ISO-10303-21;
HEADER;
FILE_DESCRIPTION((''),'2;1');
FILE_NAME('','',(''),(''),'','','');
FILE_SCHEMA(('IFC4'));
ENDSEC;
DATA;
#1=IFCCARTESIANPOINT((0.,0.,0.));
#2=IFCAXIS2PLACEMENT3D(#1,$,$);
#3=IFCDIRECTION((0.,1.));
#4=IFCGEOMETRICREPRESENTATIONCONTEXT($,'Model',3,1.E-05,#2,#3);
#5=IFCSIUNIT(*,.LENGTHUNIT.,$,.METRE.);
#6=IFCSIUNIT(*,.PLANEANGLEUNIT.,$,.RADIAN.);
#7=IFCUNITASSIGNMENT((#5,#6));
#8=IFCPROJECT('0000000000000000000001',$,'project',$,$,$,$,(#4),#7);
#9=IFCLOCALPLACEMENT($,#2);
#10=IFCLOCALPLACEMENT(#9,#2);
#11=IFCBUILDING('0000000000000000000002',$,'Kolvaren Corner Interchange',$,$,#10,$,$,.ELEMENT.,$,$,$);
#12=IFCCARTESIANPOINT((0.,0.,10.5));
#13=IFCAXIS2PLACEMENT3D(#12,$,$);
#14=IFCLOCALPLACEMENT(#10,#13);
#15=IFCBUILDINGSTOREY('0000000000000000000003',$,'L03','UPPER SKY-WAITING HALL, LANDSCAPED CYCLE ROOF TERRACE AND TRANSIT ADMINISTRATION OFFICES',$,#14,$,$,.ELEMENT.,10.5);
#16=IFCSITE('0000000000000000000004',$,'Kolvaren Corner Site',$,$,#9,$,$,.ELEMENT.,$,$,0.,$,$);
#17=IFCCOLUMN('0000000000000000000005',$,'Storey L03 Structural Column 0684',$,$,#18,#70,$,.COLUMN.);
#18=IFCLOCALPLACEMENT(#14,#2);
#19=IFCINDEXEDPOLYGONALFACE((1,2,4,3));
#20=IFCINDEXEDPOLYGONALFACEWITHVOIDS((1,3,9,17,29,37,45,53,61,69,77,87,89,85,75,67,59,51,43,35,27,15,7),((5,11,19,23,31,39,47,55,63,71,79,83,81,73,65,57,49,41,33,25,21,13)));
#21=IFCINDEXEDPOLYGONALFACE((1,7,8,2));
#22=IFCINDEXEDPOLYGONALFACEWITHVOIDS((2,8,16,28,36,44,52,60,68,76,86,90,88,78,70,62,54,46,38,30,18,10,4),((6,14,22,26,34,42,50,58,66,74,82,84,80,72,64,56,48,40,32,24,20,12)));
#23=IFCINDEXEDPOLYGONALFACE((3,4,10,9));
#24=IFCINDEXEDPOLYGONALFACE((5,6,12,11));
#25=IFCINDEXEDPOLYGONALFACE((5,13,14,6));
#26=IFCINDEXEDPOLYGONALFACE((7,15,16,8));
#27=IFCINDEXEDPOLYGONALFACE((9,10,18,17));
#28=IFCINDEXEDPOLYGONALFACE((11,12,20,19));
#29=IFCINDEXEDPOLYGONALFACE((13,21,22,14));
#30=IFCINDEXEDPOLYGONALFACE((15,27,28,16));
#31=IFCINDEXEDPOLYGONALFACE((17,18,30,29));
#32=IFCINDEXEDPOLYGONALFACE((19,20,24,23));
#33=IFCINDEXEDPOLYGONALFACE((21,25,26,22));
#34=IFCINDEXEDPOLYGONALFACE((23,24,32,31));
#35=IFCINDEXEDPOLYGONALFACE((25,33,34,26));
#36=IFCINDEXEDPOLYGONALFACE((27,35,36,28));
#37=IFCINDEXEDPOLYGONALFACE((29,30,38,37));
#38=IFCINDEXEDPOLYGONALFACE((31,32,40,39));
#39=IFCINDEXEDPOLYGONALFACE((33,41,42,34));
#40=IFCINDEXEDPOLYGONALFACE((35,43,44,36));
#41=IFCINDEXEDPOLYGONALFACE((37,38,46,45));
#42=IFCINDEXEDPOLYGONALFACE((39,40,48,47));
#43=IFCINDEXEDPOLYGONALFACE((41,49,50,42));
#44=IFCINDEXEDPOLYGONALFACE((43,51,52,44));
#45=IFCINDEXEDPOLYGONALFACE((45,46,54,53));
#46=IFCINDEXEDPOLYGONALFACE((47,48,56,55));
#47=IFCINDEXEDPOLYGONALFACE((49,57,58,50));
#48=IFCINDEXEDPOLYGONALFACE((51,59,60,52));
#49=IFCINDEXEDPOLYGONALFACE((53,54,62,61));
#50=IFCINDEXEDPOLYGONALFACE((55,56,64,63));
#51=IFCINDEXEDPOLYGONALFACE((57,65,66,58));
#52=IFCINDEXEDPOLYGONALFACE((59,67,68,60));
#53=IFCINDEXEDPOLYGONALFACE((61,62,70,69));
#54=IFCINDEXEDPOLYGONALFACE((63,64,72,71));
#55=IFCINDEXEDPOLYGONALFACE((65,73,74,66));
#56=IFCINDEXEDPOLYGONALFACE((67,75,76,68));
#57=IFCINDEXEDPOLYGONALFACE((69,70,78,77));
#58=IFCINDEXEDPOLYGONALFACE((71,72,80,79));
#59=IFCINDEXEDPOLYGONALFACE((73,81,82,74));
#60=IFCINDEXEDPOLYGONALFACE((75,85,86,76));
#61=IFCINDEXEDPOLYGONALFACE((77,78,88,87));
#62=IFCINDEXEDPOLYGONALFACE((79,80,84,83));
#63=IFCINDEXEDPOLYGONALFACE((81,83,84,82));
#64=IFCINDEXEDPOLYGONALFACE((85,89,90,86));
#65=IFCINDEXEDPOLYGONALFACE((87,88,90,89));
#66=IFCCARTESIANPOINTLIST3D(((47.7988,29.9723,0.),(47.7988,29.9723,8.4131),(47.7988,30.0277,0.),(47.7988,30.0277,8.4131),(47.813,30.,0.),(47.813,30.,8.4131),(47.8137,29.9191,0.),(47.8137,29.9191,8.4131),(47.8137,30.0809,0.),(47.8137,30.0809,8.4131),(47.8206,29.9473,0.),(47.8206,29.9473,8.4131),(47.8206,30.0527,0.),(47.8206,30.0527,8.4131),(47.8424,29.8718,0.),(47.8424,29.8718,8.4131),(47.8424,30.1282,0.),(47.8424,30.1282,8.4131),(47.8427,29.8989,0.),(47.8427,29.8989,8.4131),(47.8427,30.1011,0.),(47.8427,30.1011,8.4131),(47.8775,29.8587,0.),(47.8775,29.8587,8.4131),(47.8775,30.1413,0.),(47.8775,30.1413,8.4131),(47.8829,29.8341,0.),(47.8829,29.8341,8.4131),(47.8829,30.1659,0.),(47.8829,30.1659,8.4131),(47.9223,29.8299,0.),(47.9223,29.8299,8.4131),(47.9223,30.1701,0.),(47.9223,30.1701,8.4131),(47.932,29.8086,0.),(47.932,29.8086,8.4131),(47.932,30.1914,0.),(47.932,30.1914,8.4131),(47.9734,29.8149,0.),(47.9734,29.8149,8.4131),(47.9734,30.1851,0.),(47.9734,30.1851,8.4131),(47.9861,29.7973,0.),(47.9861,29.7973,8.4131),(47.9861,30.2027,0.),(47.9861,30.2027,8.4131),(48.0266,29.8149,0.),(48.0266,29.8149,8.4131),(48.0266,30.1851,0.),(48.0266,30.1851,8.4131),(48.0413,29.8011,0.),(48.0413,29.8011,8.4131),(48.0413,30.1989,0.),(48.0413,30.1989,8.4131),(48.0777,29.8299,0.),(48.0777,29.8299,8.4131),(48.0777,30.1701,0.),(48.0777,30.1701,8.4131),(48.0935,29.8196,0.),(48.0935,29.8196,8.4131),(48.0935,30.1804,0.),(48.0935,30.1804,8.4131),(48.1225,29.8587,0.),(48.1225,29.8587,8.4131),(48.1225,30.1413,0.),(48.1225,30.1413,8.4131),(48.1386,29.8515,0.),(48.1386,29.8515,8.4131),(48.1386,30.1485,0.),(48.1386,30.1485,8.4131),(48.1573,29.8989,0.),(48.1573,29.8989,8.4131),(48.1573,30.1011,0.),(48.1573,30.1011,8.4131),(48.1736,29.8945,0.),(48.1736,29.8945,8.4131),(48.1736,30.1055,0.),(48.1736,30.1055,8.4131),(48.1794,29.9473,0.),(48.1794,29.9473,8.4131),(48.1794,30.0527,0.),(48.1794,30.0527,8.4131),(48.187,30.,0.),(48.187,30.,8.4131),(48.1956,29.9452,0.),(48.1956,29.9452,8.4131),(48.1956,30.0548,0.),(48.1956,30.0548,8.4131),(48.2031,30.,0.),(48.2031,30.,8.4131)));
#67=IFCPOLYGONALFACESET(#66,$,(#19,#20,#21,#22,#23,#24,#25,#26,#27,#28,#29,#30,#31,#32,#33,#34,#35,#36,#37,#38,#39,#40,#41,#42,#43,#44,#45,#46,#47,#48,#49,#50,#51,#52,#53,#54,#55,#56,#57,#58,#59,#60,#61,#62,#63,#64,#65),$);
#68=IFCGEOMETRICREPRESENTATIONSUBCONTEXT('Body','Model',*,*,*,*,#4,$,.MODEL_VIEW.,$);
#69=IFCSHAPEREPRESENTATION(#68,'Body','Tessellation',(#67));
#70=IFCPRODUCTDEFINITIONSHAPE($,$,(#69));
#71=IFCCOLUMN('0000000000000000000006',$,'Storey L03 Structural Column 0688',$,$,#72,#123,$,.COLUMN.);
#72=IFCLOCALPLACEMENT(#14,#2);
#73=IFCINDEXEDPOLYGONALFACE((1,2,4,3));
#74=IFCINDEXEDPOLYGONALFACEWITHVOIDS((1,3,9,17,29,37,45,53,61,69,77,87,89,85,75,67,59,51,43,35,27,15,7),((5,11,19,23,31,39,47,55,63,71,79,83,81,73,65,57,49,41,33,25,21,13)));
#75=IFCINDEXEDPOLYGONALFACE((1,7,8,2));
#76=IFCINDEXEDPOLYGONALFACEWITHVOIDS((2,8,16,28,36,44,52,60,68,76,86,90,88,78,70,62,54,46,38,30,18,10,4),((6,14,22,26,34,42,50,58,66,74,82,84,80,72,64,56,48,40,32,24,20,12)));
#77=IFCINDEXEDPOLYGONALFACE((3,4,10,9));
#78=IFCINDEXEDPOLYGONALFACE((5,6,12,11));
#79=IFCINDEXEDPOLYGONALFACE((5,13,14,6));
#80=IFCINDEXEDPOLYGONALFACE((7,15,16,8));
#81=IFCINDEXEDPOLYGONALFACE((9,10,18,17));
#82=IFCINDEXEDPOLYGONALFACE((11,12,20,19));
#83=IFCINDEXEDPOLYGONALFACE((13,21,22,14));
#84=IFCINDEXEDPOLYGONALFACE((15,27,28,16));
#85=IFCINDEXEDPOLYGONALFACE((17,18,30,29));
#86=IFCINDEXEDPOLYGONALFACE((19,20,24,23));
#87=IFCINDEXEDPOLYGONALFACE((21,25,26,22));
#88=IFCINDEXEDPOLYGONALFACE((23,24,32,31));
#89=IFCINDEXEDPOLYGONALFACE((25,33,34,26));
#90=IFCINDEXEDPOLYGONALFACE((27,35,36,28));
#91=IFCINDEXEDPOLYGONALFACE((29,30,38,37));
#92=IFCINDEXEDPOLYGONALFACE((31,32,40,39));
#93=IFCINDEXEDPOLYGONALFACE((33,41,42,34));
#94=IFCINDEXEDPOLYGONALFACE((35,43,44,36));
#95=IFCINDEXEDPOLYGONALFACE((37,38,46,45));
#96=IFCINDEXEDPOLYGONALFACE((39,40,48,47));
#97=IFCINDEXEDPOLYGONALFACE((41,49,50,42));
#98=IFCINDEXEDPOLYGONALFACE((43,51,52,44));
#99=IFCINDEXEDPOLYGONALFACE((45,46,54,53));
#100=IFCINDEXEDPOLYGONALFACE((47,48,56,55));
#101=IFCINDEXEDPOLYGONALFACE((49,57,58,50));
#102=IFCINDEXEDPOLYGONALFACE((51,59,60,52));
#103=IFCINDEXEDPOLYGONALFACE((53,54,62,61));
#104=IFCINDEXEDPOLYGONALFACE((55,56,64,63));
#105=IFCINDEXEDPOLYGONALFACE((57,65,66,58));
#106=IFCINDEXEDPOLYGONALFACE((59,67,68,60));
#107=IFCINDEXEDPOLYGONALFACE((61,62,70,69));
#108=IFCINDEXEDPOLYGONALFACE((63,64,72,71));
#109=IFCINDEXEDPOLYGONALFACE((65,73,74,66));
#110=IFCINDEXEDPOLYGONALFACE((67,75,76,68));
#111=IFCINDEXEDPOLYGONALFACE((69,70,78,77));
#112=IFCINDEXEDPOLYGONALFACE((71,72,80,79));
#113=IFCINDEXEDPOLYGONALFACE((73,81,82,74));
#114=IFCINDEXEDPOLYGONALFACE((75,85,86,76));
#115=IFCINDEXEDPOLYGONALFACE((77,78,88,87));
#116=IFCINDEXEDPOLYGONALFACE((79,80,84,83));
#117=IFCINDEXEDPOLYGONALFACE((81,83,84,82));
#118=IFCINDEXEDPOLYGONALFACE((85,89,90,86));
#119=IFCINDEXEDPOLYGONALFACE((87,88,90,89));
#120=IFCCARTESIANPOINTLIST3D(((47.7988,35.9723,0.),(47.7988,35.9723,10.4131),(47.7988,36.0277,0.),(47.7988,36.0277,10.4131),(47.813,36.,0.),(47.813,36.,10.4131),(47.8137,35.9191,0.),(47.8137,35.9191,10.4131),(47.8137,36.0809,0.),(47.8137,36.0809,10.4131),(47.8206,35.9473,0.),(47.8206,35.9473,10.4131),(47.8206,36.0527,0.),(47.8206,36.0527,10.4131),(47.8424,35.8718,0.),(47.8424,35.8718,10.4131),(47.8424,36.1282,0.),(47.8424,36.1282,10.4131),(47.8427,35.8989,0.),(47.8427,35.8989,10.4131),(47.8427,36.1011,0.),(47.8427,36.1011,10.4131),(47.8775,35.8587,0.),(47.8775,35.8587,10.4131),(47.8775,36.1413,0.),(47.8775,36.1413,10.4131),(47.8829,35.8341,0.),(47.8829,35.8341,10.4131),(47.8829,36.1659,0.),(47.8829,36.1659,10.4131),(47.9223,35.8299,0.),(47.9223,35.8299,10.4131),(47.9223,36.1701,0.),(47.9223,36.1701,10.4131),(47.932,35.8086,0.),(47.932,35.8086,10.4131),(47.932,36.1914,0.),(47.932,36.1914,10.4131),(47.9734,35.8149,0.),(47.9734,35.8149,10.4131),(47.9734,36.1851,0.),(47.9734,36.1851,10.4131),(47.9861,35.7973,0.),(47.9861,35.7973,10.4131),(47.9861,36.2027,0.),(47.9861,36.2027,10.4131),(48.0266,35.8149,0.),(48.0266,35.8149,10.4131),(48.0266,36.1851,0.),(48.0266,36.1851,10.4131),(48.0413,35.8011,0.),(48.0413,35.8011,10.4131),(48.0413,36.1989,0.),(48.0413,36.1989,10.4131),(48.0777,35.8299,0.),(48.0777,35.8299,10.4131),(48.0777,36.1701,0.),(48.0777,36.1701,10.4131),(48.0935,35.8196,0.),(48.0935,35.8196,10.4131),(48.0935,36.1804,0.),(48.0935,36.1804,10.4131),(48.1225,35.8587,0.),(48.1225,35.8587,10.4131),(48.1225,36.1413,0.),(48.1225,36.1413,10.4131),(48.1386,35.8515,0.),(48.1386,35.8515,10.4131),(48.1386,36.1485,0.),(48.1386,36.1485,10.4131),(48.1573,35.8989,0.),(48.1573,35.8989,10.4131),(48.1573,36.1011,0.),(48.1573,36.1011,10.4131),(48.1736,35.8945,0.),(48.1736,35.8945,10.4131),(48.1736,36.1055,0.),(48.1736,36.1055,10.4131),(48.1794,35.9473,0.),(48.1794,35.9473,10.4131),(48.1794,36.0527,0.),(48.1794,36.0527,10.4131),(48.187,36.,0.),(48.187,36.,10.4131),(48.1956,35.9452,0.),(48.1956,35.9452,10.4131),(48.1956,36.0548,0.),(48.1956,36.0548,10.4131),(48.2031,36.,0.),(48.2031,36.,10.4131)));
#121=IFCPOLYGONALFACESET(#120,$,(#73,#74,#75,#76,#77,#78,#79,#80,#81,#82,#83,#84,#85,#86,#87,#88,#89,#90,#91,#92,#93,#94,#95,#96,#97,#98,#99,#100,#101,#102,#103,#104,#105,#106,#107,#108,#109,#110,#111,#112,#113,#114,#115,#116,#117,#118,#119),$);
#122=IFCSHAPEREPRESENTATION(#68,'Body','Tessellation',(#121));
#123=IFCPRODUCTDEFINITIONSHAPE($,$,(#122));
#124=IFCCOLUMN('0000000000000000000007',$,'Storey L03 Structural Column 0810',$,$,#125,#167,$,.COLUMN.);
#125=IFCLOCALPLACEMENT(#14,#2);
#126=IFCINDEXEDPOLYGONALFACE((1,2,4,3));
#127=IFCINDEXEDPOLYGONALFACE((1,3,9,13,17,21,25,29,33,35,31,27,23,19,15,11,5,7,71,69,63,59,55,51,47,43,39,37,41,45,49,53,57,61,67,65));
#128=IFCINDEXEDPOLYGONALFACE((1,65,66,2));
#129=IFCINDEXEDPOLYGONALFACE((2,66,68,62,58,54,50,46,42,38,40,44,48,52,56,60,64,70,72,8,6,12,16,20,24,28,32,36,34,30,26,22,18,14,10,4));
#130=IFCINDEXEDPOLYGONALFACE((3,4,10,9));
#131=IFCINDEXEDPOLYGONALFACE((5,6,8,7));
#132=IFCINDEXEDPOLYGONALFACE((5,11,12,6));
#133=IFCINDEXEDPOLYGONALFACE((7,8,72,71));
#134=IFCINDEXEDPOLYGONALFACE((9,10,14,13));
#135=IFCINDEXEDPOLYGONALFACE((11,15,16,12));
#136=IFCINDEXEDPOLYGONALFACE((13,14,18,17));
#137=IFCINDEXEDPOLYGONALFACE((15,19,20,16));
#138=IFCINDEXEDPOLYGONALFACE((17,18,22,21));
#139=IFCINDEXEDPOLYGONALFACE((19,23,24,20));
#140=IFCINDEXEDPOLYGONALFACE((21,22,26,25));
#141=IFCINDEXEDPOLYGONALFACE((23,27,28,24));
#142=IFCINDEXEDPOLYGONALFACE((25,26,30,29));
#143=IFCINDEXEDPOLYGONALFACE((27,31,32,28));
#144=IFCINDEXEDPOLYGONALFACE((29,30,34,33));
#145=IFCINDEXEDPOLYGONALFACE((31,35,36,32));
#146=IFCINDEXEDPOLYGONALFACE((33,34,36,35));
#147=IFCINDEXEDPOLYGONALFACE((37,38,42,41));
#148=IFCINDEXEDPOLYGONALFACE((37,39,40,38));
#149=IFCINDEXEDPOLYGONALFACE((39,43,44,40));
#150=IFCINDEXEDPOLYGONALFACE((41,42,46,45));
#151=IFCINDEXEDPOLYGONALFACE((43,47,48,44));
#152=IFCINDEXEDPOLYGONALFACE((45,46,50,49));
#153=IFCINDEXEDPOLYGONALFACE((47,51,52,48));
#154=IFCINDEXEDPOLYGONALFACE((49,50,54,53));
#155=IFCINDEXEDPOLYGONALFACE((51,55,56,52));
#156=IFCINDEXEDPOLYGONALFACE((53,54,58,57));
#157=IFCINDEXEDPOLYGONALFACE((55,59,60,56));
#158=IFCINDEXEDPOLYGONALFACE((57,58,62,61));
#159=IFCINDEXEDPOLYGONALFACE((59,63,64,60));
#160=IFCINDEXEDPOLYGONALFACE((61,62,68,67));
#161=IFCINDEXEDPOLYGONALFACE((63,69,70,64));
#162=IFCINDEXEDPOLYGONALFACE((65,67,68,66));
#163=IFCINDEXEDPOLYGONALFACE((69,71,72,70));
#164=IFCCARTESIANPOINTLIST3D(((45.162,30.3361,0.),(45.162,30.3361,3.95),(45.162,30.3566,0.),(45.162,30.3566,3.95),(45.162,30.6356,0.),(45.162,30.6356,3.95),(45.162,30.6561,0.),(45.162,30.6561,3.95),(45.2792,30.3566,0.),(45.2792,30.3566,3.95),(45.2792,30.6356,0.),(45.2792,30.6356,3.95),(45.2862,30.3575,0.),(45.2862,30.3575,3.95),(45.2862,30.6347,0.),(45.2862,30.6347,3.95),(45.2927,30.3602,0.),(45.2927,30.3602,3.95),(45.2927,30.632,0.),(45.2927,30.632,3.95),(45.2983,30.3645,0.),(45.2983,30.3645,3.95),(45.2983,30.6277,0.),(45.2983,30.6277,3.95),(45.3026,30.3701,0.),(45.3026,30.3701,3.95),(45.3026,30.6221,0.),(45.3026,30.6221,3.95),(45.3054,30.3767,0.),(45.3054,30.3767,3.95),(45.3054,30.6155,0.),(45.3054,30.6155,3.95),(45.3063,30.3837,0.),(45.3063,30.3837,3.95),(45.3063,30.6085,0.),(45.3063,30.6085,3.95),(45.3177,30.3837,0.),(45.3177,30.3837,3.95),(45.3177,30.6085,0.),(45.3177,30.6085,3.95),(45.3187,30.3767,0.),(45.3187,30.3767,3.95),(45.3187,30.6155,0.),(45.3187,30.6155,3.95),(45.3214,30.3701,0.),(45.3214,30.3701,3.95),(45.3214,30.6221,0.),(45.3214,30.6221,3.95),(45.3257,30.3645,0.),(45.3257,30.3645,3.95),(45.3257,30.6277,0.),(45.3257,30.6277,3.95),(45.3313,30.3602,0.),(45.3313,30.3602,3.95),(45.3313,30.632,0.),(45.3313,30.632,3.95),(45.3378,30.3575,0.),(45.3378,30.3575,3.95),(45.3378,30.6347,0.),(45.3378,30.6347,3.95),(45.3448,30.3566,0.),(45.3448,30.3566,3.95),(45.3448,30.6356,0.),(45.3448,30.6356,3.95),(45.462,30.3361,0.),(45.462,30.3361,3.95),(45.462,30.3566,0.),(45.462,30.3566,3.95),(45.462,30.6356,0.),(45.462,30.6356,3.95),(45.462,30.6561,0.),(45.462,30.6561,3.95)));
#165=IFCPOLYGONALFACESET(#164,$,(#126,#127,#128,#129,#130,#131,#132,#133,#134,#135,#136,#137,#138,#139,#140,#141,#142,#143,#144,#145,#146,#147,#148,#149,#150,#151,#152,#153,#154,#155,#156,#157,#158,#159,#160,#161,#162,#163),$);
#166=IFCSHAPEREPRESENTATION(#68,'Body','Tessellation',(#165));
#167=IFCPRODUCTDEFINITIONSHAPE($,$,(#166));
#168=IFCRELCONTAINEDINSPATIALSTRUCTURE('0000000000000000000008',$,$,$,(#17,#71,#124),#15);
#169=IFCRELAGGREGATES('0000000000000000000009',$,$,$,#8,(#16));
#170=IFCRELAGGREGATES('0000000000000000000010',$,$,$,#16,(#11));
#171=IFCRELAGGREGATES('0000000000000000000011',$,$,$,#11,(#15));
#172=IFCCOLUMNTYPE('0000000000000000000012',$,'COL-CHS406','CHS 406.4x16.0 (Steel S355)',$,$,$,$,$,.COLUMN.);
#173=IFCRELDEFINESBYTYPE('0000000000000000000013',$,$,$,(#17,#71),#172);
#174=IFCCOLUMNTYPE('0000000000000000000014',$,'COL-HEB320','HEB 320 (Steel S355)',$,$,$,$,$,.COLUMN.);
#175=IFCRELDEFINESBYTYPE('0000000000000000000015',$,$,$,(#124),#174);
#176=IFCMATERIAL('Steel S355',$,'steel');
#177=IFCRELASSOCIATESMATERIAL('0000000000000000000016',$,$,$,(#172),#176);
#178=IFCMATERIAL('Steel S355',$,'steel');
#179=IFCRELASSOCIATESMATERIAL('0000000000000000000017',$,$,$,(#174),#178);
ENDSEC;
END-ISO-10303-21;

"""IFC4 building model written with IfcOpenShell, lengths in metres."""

from ifc_helpers import new_model, si_unit, direction, frame, origin, origin_2d, place, context, subcontext, project, spatial, hollow_circle, i_section, extrude, material, material_profile, profile_set, type_object, element, save


model = new_model("IFC4")

# Units and contexts
model_context = context("Model", 3, precision=1e-05, world=origin(), true_north=direction((0.0, 1.0)))
body_context = subcontext(model_context, "Body", "Model", "MODEL_VIEW")
ifc_project = project(units=[si_unit("LENGTHUNIT", "METRE"), si_unit("PLANEANGLEUNIT", "RADIAN")], contexts=[model_context])

# Site, building, storey
site_placement = place(None, origin())
site = spatial("IfcSite", under=ifc_project, at=site_placement, Name="Kolvaren Corner Site", CompositionType="ELEMENT", RefElevation=0.0)
building_placement = place(site_placement, origin())
building = spatial("IfcBuilding", under=site, at=building_placement, Name="Kolvaren Corner Interchange", CompositionType="ELEMENT")
storey_placement = place(building_placement, frame((0.0, 0.0, 10.5)))
storey = spatial("IfcBuildingStorey", under=building, at=storey_placement, Name="L03", Description="UPPER SKY-WAITING HALL, LANDSCAPED CYCLE ROOF TERRACE AND TRANSIT ADMINISTRATION OFFICES", CompositionType="ELEMENT", Elevation=10.5)

# Columns
ifc_material_1 = material(Name="Steel S355", Category="steel")
ifc_material_profile_1 = material_profile(ifc_material_1, hollow_circle(Radius=0.2031, WallThickness=0.0161, at=origin_2d()), Name="CHS 406.4x16.0")
ifc_profile_set_1 = profile_set([ifc_material_profile_1], Name="Steel S355")
column_type_1 = type_object("IfcColumnType", Name="COL-CHS406", Description="CHS 406.4x16.0 (Steel S355)", PredefinedType="COLUMN", material=ifc_profile_set_1)
column_1_placement = place(storey_placement, frame((48.0, 30.0, 0.0), z_axis=(0.0, 0.0, 1.0), x_axis=(1.0, 0.0, 0.0)))
element("IfcColumn", 1, at=column_1_placement, inside=storey, type_object=column_type_1, Name="Storey L03 Structural Column 0684", PredefinedType="COLUMN", context=body_context, shape_type="SweptSolid", body=[
    extrude(hollow_circle(Radius=0.2031, WallThickness=0.0161, at=origin_2d()), origin(), (0.0, 0.0, 1.0), 8.4131),
])
column_2_placement = place(storey_placement, frame((48.0, 36.0, 0.0), z_axis=(0.0, 0.0, 1.0), x_axis=(1.0, 0.0, 0.0)))
element("IfcColumn", 2, at=column_2_placement, inside=storey, type_object=column_type_1, Name="Storey L03 Structural Column 0688", PredefinedType="COLUMN", context=body_context, shape_type="SweptSolid", body=[
    extrude(hollow_circle(Radius=0.2031, WallThickness=0.0161, at=origin_2d()), origin(), (0.0, 0.0, 1.0), 10.4131),
])
ifc_material_2 = material(Name="Steel S355", Category="steel")
ifc_material_profile_2 = material_profile(ifc_material_2, i_section(OverallWidth=0.3, OverallDepth=0.3201, WebThickness=0.0115, FlangeThickness=0.0205, FilletRadius=0.0271, at=origin_2d()), Name="HEB 320")
ifc_profile_set_2 = profile_set([ifc_material_profile_2], Name="Steel S355")
column_type_2 = type_object("IfcColumnType", Name="COL-HEB320", Description="HEB 320 (Steel S355)", PredefinedType="COLUMN", material=ifc_profile_set_2)
column_3_placement = place(storey_placement, frame((45.312, 30.4961, 0.0), z_axis=(0.0, 0.0, 1.0), x_axis=(1.0, 0.0, 0.0)))
element("IfcColumn", 3, at=column_3_placement, inside=storey, type_object=column_type_2, Name="Storey L03 Structural Column 0810", PredefinedType="COLUMN", context=body_context, shape_type="SweptSolid", body=[
    extrude(i_section(OverallWidth=0.3, OverallDepth=0.3201, WebThickness=0.0115, FlangeThickness=0.0205, FilletRadius=0.0271, at=origin_2d()), origin(), (0.0, 0.0, 1.0), 3.95),
])

save(model, "model.ifc")
